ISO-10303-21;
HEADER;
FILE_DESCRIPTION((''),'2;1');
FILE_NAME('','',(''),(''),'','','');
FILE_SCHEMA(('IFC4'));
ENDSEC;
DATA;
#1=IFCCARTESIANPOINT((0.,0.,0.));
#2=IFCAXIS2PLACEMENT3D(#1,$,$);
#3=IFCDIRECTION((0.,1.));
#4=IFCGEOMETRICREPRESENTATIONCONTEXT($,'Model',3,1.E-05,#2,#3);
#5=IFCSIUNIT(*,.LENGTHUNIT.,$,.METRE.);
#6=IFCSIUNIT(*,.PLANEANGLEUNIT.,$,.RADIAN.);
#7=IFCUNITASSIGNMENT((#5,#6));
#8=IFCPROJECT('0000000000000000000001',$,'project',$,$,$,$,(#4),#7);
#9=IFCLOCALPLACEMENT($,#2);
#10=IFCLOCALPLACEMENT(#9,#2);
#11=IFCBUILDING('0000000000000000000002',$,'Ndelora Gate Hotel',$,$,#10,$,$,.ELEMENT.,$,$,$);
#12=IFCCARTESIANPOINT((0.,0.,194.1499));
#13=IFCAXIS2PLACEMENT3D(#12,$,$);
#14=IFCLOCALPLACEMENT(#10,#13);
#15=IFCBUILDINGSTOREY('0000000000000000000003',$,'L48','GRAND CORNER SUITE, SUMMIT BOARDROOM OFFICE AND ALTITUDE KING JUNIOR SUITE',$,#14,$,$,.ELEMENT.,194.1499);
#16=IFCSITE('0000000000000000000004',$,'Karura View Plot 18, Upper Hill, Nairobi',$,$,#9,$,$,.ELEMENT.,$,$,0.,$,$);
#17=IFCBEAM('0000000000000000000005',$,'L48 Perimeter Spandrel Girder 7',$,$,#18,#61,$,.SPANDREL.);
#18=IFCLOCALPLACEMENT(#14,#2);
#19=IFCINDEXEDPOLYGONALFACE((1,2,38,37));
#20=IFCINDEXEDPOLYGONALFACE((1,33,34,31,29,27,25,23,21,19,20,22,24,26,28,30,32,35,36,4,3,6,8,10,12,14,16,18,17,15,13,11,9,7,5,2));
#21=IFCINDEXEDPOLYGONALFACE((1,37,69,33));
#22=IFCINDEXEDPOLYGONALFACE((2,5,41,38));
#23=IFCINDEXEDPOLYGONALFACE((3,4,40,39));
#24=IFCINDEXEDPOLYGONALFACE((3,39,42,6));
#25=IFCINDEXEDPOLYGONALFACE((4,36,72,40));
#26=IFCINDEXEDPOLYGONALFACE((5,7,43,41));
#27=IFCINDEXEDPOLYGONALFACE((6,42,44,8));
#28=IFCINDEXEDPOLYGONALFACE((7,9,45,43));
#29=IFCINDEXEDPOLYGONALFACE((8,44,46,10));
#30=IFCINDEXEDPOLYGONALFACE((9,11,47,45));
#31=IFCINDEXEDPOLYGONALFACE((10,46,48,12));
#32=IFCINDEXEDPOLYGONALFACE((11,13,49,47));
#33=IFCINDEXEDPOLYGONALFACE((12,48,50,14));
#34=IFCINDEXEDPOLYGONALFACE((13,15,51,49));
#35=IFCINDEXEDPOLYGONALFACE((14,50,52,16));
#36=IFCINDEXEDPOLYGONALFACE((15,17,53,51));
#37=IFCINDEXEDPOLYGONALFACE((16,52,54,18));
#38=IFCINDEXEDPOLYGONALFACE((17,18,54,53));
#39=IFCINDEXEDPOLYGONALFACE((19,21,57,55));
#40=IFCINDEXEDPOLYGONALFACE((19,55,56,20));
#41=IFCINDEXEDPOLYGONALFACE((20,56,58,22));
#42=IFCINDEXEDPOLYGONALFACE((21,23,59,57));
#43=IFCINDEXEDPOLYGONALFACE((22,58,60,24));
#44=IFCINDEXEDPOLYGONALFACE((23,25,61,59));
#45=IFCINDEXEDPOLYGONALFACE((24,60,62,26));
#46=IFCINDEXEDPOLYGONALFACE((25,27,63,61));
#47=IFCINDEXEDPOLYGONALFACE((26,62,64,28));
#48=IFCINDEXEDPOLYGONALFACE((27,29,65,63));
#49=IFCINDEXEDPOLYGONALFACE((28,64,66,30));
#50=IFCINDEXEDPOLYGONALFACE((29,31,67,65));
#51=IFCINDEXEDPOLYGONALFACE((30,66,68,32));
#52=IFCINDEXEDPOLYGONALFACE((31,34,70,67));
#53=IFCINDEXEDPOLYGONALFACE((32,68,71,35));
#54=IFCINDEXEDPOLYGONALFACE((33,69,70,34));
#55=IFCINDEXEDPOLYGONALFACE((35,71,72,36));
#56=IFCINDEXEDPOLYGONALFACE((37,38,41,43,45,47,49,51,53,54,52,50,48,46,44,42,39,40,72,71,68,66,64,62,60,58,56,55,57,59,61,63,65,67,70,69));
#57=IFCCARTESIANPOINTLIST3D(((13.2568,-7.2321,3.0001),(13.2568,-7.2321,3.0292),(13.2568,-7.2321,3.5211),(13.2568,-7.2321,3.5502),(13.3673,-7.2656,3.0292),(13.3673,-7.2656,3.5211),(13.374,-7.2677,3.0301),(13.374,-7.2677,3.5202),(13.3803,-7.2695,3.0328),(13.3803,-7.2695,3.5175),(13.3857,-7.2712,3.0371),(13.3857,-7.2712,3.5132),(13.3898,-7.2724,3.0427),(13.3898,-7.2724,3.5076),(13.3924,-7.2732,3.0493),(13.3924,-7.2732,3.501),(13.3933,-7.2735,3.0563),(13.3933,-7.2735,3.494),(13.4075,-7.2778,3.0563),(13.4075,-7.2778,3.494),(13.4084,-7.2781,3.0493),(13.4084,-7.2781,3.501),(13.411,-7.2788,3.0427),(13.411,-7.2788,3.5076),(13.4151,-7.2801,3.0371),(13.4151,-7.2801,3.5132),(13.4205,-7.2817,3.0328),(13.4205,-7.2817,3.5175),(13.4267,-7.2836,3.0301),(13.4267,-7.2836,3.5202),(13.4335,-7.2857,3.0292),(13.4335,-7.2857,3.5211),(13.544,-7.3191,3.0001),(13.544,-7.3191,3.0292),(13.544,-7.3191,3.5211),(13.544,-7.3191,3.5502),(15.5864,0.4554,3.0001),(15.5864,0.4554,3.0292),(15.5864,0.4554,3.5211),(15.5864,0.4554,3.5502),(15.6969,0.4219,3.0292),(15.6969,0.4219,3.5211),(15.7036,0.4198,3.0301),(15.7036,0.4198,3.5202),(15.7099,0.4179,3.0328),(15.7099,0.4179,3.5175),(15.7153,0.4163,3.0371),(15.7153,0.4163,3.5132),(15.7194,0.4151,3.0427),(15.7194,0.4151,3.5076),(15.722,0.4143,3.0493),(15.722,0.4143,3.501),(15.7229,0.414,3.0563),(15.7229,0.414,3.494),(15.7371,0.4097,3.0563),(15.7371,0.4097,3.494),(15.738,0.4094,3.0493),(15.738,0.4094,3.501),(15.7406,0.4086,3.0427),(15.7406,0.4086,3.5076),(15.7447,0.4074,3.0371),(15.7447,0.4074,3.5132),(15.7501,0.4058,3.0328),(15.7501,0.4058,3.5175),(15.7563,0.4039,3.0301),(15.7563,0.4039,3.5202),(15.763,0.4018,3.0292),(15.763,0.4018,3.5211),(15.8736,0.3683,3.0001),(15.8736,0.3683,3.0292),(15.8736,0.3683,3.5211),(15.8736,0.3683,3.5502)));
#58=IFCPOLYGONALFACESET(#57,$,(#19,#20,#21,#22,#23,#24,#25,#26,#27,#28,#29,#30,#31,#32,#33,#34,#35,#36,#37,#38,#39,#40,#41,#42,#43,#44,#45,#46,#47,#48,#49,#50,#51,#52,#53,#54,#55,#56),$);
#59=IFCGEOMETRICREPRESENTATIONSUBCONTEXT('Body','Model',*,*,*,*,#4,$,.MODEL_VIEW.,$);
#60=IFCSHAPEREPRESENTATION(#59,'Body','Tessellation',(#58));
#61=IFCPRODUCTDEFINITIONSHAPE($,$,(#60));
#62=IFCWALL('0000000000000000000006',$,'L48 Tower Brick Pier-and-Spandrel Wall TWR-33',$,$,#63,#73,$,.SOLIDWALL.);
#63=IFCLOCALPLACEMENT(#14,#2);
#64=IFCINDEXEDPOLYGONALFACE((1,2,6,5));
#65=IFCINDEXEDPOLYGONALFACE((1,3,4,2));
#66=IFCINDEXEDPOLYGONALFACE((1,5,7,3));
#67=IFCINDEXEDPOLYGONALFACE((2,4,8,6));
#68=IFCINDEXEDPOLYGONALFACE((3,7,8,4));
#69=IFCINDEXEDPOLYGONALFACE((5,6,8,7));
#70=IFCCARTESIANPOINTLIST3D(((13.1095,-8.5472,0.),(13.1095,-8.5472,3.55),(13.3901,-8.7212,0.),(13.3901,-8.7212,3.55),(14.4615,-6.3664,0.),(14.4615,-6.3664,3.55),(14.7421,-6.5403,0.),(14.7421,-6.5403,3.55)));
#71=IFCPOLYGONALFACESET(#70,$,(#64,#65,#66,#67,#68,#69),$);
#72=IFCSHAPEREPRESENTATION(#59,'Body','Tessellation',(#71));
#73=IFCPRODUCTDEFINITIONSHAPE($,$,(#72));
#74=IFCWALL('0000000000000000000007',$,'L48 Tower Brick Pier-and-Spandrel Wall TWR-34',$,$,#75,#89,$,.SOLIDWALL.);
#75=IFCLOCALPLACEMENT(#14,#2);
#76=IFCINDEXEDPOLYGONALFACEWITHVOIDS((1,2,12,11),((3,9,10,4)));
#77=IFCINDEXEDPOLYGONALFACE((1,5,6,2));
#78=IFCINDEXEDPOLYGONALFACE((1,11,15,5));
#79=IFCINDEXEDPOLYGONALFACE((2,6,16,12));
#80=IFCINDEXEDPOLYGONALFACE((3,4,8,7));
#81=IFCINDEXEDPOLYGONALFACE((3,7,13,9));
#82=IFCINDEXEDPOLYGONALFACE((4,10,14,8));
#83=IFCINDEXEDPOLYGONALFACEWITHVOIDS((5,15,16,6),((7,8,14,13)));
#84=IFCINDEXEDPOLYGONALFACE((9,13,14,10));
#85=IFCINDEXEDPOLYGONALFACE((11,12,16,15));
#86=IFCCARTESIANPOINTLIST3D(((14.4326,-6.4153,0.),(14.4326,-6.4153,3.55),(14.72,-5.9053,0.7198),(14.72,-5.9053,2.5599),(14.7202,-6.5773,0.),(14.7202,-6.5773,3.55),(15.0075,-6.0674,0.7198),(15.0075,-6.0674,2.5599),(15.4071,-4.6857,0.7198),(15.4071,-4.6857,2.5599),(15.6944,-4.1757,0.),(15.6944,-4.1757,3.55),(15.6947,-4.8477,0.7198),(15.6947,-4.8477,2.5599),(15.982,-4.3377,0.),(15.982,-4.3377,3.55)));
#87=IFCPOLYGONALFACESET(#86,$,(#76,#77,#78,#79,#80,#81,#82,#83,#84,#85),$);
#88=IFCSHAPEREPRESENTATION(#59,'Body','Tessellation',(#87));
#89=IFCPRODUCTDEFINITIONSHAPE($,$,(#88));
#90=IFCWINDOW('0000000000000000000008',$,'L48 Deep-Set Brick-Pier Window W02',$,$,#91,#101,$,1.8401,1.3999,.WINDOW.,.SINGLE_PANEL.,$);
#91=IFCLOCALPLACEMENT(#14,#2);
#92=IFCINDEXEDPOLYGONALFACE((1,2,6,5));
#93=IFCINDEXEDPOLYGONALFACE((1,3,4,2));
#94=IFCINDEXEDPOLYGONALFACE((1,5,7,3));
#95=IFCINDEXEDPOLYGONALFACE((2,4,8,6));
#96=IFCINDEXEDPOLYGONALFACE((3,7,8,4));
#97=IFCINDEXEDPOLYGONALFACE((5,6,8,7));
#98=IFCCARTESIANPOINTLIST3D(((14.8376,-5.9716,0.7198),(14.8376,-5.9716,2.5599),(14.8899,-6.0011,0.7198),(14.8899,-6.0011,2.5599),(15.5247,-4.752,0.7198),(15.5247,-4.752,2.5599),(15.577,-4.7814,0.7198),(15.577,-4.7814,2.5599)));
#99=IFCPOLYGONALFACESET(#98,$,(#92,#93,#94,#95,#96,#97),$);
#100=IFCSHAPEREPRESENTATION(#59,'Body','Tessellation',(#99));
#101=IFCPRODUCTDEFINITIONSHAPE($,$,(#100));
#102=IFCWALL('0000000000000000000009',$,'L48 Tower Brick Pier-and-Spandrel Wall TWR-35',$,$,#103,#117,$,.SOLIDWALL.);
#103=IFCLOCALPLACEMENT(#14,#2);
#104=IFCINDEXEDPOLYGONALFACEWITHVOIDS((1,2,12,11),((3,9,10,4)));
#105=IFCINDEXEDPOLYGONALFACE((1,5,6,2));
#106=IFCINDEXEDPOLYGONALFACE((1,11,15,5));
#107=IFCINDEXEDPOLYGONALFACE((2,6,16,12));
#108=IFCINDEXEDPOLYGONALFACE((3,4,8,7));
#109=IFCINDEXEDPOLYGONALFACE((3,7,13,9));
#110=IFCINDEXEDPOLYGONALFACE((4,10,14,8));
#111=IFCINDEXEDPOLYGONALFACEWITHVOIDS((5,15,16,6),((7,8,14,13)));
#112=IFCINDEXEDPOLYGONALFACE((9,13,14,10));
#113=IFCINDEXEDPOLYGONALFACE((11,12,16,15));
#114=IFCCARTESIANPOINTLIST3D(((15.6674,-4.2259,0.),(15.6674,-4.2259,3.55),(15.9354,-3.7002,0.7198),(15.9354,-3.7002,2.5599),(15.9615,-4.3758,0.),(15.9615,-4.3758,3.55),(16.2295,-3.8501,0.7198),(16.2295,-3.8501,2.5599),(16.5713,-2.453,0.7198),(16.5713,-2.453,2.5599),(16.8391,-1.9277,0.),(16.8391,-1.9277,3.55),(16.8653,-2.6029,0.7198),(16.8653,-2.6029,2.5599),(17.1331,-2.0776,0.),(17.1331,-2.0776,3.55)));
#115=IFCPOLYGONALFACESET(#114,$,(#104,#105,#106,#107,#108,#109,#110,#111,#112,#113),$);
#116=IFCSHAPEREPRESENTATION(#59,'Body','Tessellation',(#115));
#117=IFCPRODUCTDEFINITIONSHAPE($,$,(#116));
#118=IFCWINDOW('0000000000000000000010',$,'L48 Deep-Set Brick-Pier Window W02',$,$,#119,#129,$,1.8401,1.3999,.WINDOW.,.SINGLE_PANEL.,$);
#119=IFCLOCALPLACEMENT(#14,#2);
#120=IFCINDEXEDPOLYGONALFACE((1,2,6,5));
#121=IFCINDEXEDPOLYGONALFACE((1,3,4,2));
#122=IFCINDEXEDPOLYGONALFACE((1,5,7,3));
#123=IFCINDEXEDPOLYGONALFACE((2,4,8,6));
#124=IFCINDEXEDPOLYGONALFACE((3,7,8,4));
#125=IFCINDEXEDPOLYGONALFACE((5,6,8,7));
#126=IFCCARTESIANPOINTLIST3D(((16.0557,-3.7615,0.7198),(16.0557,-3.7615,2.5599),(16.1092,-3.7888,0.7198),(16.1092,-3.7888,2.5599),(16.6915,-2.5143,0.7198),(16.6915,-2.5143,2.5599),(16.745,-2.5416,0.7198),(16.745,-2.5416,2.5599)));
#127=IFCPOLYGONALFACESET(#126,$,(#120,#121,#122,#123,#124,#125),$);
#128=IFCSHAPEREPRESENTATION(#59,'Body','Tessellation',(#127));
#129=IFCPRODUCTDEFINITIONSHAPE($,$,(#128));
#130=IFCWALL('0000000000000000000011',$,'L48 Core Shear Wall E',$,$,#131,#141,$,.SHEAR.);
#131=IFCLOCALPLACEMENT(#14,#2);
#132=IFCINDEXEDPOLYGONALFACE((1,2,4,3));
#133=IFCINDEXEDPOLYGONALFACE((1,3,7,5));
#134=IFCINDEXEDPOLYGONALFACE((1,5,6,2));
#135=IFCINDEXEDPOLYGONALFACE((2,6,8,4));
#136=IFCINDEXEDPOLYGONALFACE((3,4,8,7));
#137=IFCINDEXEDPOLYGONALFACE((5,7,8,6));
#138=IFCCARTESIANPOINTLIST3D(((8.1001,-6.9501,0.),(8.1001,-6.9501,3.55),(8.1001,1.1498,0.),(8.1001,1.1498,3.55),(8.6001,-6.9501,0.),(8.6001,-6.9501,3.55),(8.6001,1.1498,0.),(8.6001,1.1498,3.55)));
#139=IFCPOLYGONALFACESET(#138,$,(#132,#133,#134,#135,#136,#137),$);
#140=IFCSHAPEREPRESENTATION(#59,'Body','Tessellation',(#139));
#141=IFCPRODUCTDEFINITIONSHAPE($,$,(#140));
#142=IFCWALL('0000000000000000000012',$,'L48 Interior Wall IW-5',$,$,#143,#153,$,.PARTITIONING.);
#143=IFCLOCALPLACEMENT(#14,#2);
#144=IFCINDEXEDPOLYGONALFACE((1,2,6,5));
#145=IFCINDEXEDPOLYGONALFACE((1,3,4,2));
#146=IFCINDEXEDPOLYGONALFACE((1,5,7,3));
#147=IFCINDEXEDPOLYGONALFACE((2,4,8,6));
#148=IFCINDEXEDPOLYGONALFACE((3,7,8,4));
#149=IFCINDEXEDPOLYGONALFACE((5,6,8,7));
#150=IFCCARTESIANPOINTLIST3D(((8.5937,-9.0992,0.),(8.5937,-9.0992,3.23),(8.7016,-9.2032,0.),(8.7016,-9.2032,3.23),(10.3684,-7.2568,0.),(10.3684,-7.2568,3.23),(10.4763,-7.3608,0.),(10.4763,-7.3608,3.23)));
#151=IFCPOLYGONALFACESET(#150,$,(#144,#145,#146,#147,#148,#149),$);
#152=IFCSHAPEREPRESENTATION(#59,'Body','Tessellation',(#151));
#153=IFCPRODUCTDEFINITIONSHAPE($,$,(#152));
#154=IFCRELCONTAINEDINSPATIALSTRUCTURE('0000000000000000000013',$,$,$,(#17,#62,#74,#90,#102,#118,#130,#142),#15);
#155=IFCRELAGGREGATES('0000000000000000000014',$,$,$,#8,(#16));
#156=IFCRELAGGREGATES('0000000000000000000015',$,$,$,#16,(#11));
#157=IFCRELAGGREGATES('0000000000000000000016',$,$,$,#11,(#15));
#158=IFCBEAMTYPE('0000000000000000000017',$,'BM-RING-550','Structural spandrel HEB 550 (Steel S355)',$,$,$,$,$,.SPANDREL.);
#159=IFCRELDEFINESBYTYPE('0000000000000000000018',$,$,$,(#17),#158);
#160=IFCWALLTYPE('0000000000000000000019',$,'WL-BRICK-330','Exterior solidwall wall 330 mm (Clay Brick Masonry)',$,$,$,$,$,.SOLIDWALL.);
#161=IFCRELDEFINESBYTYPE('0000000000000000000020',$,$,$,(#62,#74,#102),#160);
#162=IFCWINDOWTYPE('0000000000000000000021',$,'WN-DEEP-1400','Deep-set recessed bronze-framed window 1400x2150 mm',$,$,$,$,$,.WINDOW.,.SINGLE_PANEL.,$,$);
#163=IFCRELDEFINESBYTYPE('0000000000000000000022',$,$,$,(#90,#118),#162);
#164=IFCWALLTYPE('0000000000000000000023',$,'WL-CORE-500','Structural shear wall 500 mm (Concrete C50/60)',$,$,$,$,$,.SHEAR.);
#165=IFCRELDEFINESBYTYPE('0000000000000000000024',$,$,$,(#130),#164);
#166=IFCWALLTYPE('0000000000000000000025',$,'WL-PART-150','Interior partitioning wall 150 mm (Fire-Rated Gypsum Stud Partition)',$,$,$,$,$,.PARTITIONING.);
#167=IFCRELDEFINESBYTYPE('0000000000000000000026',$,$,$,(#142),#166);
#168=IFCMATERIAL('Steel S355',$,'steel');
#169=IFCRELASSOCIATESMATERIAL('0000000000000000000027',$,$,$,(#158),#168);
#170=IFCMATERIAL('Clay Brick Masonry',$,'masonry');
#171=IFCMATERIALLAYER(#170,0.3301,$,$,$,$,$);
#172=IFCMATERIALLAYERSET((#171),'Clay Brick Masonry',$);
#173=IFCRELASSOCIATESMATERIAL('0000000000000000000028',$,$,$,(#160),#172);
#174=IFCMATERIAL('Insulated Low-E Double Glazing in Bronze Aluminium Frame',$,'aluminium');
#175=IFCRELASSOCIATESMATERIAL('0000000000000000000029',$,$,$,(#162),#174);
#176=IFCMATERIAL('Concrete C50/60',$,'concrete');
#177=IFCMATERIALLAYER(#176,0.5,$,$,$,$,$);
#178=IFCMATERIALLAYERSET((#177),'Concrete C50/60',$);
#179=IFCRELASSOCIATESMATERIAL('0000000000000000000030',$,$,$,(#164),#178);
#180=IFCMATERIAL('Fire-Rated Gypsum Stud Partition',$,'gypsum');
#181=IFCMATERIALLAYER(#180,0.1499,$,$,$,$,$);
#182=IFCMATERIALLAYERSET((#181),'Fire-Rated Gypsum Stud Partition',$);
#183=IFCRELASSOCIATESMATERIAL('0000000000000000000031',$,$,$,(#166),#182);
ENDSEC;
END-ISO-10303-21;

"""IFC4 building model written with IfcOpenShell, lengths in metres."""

from ifc_helpers import new_model, si_unit, direction, frame, frame_2d, origin, origin_2d, place, context, subcontext, project, spatial, rectangle, i_section, extrude, material, layer, layer_set, material_profile, profile_set, type_object, element, fill, save


model = new_model("IFC4")

# Units and contexts
model_context = context("Model", 3, precision=1e-05, world=origin(), true_north=direction((0.0, 1.0)))
body_context = subcontext(model_context, "Body", "Model", "MODEL_VIEW")
ifc_project = project(units=[si_unit("LENGTHUNIT", "METRE"), si_unit("PLANEANGLEUNIT", "RADIAN")], contexts=[model_context])

# Site, building, storey
site_placement = place(None, origin())
site = spatial("IfcSite", under=ifc_project, at=site_placement, Name="Karura View Plot 18, Upper Hill, Nairobi", CompositionType="ELEMENT", RefElevation=0.0)
building_placement = place(site_placement, origin())
building = spatial("IfcBuilding", under=site, at=building_placement, Name="Ndelora Gate Hotel", CompositionType="ELEMENT")
storey_placement = place(building_placement, frame((0.0, 0.0, 194.1499)))
storey = spatial("IfcBuildingStorey", under=building, at=storey_placement, Name="L48", Description="GRAND CORNER SUITE, SUMMIT BOARDROOM OFFICE AND ALTITUDE KING JUNIOR SUITE", CompositionType="ELEMENT", Elevation=194.1499)

# Shared definitions
ifc_material_1 = material(Name="Concrete C50/60", Category="concrete")

# Beam
ifc_material_2 = material(Name="Steel S355", Category="steel")
ifc_material_profile_1 = material_profile(ifc_material_2, i_section(OverallWidth=0.3, OverallDepth=0.55, WebThickness=0.0149, FlangeThickness=0.0291, FilletRadius=0.0271, at=origin_2d()), Name="HEB 550")
ifc_profile_set_1 = profile_set([ifc_material_profile_1], Name="Steel S355")
beam_type_1 = type_object("IfcBeamType", Name="BM-RING-550", Description="Structural spandrel HEB 550 (Steel S355)", PredefinedType="SPANDREL", material=ifc_profile_set_1)
beam_1_placement = place(storey_placement, frame((13.4004, -7.2756, 3.2751), z_axis=(0.290012, 0.957023, 0.0), x_axis=(-0.957023, 0.290012, 0.0)))
element("IfcBeam", 1, at=beam_1_placement, inside=storey, type_object=beam_type_1, Name="L48 Perimeter Spandrel Girder 7", PredefinedType="SPANDREL", context=body_context, shape_type="SweptSolid", body=[
    extrude(i_section(OverallWidth=0.3, OverallDepth=0.55, WebThickness=0.0149, FlangeThickness=0.0291, FilletRadius=0.0271, at=origin_2d()), origin(), (0.0, 0.0, 1.0), 8.0327),
])

# Wall
ifc_material_3 = material(Name="Clay Brick Masonry", Category="masonry")
ifc_layer_1 = layer(ifc_material_3, 0.3301)
ifc_layer_set_1 = layer_set([ifc_layer_1], Name="Clay Brick Masonry")
wall_type_1 = type_object("IfcWallType", Name="WL-BRICK-330", Description="Exterior solidwall wall 330 mm (Clay Brick Masonry)", PredefinedType="SOLIDWALL", material=ifc_layer_set_1)
wall_1_placement = place(storey_placement, frame((14.6018, -6.4534, 0.0), z_axis=(0.0, 0.0, 1.0), x_axis=(-0.526908, -0.849922, 0.0)))
element("IfcWall", 2, at=wall_1_placement, inside=storey, type_object=wall_type_1, Name="L48 Tower Brick Pier-and-Spandrel Wall TWR-33", PredefinedType="SOLIDWALL", context=body_context, shape_type="SweptSolid", body=[
    extrude(rectangle(XDim=2.5659, YDim=0.3301, at=frame_2d((1.283, 0.0))), origin(), (0.0, 0.0, 1.0), 3.55),
])

# Walls, openings, windows
wall_2_placement = place(storey_placement, frame((15.8381, -4.2568, 0.0), z_axis=(0.0, 0.0, 1.0), x_axis=(-0.490852, -0.871243, 0.0)))
wall_2 = element("IfcWall", 3, at=wall_2_placement, inside=storey, type_object=wall_type_1, Name="L48 Tower Brick Pier-and-Spandrel Wall TWR-34", PredefinedType="SOLIDWALL", context=body_context, shape_type="SweptSolid", body=[
    extrude(rectangle(XDim=2.5706, YDim=0.3301, at=frame_2d((1.2852, 0.0))), origin(), (0.0, 0.0, 1.0), 3.55),
])
opening_1_placement = place(wall_2_placement, frame((0.5852, 0.0, 0.72)))
opening_1 = element("IfcOpeningElement", 4, at=opening_1_placement, cuts=wall_2, PredefinedType="OPENING", context=body_context, shape_type="SweptSolid", body=[
    extrude(rectangle(XDim=1.3999, YDim=1.8401, at=frame_2d((0.7, 0.9199))), frame((0.0, 0.175, 0.0), z_axis=(0.0, -1.0, 0.0), x_axis=(1.0, 0.0, 0.0)), (0.0, 0.0, 1.0), 0.3501),
])
ifc_material_4 = material(Name="Insulated Low-E Double Glazing in Bronze Aluminium Frame", Category="aluminium")
window_type = type_object("IfcWindowType", Name="WN-DEEP-1400", Description="Deep-set recessed bronze-framed window 1400x2150 mm", PartitioningType="SINGLE_PANEL", PredefinedType="WINDOW", material=ifc_material_4)
window_1_placement = place(opening_1_placement, origin())
window_1 = element("IfcWindow", 5, at=window_1_placement, inside=storey, type_object=window_type, Name="L48 Deep-Set Brick-Pier Window W02", OverallHeight=1.8401, OverallWidth=1.3999, PartitioningType="SINGLE_PANEL", PredefinedType="WINDOW", context=body_context, shape_type="SweptSolid", body=[
    extrude(rectangle(XDim=1.3999, YDim=1.8401, at=frame_2d((0.7, 0.9199))), frame((0.0, 0.03, 0.0), z_axis=(0.0, -1.0, 0.0), x_axis=(1.0, 0.0, 0.0)), (0.0, 0.0, 1.0), 0.0601),
])
fill(opening_1, window_1)
wall_3_placement = place(storey_placement, frame((16.9861, -2.0027, 0.0), z_axis=(0.0, 0.0, 1.0), x_axis=(-0.454204, -0.890898, 0.0)))
wall_3 = element("IfcWall", 6, at=wall_3_placement, inside=storey, type_object=wall_type_1, Name="L48 Tower Brick Pier-and-Spandrel Wall TWR-35", PredefinedType="SOLIDWALL", context=body_context, shape_type="SweptSolid", body=[
    extrude(rectangle(XDim=2.5796, YDim=0.3301, at=frame_2d((1.2898, 0.0))), origin(), (0.0, 0.0, 1.0), 3.55),
])
opening_2_placement = place(wall_3_placement, frame((0.5896, 0.0, 0.72)))
opening_2 = element("IfcOpeningElement", 7, at=opening_2_placement, cuts=wall_3, PredefinedType="OPENING", context=body_context, shape_type="SweptSolid", body=[
    extrude(rectangle(XDim=1.3999, YDim=1.8401, at=frame_2d((0.7, 0.9199))), frame((0.0, 0.175, 0.0), z_axis=(0.0, -1.0, 0.0), x_axis=(1.0, 0.0, 0.0)), (0.0, 0.0, 1.0), 0.3501),
])
window_2_placement = place(opening_2_placement, origin())
window_2 = element("IfcWindow", 8, at=window_2_placement, inside=storey, type_object=window_type, Name="L48 Deep-Set Brick-Pier Window W02", OverallHeight=1.8401, OverallWidth=1.3999, PartitioningType="SINGLE_PANEL", PredefinedType="WINDOW", context=body_context, shape_type="SweptSolid", body=[
    extrude(rectangle(XDim=1.3999, YDim=1.8401, at=frame_2d((0.7, 0.9199))), frame((0.0, 0.03, 0.0), z_axis=(0.0, -1.0, 0.0), x_axis=(1.0, 0.0, 0.0)), (0.0, 0.0, 1.0), 0.0601),
])
fill(opening_2, window_2)

# Walls
ifc_layer_2 = layer(ifc_material_1, 0.5)
ifc_layer_set_2 = layer_set([ifc_layer_2], Name="Concrete C50/60")
wall_type_2 = type_object("IfcWallType", Name="WL-CORE-500", Description="Structural shear wall 500 mm (Concrete C50/60)", PredefinedType="SHEAR", material=ifc_layer_set_2)
wall_4_placement = place(storey_placement, frame((8.3501, -6.95, 0.0), z_axis=(0.0, 0.0, 1.0), x_axis=(0.0, 1.0, 0.0)))
element("IfcWall", 9, at=wall_4_placement, inside=storey, type_object=wall_type_2, Name="L48 Core Shear Wall E", PredefinedType="SHEAR", context=body_context, shape_type="SweptSolid", body=[
    extrude(rectangle(XDim=8.0999, YDim=0.5, at=frame_2d((4.0498, 0.0))), origin(), (0.0, 0.0, 1.0), 3.55),
])
ifc_material_5 = material(Name="Fire-Rated Gypsum Stud Partition", Category="gypsum")
ifc_layer_3 = layer(ifc_material_5, 0.1499)
ifc_layer_set_3 = layer_set([ifc_layer_3], Name="Fire-Rated Gypsum Stud Partition")
wall_type_3 = type_object("IfcWallType", Name="WL-PART-150", Description="Interior partitioning wall 150 mm (Fire-Rated Gypsum Stud Partition)", PredefinedType="PARTITIONING", material=ifc_layer_set_3)
wall_5_placement = place(storey_placement, frame((10.4224, -7.3088, 0.0), z_axis=(0.0, 0.0, 1.0), x_axis=(-0.693765, -0.720202, 0.0)))
element("IfcWall", 10, at=wall_5_placement, inside=storey, type_object=wall_type_3, Name="L48 Interior Wall IW-5", PredefinedType="PARTITIONING", context=body_context, shape_type="SweptSolid", body=[
    extrude(rectangle(XDim=2.5581, YDim=0.1499, at=frame_2d((1.2791, 0.0))), origin(), (0.0, 0.0, 1.0), 3.23),
])

save(model, "model.ifc")
